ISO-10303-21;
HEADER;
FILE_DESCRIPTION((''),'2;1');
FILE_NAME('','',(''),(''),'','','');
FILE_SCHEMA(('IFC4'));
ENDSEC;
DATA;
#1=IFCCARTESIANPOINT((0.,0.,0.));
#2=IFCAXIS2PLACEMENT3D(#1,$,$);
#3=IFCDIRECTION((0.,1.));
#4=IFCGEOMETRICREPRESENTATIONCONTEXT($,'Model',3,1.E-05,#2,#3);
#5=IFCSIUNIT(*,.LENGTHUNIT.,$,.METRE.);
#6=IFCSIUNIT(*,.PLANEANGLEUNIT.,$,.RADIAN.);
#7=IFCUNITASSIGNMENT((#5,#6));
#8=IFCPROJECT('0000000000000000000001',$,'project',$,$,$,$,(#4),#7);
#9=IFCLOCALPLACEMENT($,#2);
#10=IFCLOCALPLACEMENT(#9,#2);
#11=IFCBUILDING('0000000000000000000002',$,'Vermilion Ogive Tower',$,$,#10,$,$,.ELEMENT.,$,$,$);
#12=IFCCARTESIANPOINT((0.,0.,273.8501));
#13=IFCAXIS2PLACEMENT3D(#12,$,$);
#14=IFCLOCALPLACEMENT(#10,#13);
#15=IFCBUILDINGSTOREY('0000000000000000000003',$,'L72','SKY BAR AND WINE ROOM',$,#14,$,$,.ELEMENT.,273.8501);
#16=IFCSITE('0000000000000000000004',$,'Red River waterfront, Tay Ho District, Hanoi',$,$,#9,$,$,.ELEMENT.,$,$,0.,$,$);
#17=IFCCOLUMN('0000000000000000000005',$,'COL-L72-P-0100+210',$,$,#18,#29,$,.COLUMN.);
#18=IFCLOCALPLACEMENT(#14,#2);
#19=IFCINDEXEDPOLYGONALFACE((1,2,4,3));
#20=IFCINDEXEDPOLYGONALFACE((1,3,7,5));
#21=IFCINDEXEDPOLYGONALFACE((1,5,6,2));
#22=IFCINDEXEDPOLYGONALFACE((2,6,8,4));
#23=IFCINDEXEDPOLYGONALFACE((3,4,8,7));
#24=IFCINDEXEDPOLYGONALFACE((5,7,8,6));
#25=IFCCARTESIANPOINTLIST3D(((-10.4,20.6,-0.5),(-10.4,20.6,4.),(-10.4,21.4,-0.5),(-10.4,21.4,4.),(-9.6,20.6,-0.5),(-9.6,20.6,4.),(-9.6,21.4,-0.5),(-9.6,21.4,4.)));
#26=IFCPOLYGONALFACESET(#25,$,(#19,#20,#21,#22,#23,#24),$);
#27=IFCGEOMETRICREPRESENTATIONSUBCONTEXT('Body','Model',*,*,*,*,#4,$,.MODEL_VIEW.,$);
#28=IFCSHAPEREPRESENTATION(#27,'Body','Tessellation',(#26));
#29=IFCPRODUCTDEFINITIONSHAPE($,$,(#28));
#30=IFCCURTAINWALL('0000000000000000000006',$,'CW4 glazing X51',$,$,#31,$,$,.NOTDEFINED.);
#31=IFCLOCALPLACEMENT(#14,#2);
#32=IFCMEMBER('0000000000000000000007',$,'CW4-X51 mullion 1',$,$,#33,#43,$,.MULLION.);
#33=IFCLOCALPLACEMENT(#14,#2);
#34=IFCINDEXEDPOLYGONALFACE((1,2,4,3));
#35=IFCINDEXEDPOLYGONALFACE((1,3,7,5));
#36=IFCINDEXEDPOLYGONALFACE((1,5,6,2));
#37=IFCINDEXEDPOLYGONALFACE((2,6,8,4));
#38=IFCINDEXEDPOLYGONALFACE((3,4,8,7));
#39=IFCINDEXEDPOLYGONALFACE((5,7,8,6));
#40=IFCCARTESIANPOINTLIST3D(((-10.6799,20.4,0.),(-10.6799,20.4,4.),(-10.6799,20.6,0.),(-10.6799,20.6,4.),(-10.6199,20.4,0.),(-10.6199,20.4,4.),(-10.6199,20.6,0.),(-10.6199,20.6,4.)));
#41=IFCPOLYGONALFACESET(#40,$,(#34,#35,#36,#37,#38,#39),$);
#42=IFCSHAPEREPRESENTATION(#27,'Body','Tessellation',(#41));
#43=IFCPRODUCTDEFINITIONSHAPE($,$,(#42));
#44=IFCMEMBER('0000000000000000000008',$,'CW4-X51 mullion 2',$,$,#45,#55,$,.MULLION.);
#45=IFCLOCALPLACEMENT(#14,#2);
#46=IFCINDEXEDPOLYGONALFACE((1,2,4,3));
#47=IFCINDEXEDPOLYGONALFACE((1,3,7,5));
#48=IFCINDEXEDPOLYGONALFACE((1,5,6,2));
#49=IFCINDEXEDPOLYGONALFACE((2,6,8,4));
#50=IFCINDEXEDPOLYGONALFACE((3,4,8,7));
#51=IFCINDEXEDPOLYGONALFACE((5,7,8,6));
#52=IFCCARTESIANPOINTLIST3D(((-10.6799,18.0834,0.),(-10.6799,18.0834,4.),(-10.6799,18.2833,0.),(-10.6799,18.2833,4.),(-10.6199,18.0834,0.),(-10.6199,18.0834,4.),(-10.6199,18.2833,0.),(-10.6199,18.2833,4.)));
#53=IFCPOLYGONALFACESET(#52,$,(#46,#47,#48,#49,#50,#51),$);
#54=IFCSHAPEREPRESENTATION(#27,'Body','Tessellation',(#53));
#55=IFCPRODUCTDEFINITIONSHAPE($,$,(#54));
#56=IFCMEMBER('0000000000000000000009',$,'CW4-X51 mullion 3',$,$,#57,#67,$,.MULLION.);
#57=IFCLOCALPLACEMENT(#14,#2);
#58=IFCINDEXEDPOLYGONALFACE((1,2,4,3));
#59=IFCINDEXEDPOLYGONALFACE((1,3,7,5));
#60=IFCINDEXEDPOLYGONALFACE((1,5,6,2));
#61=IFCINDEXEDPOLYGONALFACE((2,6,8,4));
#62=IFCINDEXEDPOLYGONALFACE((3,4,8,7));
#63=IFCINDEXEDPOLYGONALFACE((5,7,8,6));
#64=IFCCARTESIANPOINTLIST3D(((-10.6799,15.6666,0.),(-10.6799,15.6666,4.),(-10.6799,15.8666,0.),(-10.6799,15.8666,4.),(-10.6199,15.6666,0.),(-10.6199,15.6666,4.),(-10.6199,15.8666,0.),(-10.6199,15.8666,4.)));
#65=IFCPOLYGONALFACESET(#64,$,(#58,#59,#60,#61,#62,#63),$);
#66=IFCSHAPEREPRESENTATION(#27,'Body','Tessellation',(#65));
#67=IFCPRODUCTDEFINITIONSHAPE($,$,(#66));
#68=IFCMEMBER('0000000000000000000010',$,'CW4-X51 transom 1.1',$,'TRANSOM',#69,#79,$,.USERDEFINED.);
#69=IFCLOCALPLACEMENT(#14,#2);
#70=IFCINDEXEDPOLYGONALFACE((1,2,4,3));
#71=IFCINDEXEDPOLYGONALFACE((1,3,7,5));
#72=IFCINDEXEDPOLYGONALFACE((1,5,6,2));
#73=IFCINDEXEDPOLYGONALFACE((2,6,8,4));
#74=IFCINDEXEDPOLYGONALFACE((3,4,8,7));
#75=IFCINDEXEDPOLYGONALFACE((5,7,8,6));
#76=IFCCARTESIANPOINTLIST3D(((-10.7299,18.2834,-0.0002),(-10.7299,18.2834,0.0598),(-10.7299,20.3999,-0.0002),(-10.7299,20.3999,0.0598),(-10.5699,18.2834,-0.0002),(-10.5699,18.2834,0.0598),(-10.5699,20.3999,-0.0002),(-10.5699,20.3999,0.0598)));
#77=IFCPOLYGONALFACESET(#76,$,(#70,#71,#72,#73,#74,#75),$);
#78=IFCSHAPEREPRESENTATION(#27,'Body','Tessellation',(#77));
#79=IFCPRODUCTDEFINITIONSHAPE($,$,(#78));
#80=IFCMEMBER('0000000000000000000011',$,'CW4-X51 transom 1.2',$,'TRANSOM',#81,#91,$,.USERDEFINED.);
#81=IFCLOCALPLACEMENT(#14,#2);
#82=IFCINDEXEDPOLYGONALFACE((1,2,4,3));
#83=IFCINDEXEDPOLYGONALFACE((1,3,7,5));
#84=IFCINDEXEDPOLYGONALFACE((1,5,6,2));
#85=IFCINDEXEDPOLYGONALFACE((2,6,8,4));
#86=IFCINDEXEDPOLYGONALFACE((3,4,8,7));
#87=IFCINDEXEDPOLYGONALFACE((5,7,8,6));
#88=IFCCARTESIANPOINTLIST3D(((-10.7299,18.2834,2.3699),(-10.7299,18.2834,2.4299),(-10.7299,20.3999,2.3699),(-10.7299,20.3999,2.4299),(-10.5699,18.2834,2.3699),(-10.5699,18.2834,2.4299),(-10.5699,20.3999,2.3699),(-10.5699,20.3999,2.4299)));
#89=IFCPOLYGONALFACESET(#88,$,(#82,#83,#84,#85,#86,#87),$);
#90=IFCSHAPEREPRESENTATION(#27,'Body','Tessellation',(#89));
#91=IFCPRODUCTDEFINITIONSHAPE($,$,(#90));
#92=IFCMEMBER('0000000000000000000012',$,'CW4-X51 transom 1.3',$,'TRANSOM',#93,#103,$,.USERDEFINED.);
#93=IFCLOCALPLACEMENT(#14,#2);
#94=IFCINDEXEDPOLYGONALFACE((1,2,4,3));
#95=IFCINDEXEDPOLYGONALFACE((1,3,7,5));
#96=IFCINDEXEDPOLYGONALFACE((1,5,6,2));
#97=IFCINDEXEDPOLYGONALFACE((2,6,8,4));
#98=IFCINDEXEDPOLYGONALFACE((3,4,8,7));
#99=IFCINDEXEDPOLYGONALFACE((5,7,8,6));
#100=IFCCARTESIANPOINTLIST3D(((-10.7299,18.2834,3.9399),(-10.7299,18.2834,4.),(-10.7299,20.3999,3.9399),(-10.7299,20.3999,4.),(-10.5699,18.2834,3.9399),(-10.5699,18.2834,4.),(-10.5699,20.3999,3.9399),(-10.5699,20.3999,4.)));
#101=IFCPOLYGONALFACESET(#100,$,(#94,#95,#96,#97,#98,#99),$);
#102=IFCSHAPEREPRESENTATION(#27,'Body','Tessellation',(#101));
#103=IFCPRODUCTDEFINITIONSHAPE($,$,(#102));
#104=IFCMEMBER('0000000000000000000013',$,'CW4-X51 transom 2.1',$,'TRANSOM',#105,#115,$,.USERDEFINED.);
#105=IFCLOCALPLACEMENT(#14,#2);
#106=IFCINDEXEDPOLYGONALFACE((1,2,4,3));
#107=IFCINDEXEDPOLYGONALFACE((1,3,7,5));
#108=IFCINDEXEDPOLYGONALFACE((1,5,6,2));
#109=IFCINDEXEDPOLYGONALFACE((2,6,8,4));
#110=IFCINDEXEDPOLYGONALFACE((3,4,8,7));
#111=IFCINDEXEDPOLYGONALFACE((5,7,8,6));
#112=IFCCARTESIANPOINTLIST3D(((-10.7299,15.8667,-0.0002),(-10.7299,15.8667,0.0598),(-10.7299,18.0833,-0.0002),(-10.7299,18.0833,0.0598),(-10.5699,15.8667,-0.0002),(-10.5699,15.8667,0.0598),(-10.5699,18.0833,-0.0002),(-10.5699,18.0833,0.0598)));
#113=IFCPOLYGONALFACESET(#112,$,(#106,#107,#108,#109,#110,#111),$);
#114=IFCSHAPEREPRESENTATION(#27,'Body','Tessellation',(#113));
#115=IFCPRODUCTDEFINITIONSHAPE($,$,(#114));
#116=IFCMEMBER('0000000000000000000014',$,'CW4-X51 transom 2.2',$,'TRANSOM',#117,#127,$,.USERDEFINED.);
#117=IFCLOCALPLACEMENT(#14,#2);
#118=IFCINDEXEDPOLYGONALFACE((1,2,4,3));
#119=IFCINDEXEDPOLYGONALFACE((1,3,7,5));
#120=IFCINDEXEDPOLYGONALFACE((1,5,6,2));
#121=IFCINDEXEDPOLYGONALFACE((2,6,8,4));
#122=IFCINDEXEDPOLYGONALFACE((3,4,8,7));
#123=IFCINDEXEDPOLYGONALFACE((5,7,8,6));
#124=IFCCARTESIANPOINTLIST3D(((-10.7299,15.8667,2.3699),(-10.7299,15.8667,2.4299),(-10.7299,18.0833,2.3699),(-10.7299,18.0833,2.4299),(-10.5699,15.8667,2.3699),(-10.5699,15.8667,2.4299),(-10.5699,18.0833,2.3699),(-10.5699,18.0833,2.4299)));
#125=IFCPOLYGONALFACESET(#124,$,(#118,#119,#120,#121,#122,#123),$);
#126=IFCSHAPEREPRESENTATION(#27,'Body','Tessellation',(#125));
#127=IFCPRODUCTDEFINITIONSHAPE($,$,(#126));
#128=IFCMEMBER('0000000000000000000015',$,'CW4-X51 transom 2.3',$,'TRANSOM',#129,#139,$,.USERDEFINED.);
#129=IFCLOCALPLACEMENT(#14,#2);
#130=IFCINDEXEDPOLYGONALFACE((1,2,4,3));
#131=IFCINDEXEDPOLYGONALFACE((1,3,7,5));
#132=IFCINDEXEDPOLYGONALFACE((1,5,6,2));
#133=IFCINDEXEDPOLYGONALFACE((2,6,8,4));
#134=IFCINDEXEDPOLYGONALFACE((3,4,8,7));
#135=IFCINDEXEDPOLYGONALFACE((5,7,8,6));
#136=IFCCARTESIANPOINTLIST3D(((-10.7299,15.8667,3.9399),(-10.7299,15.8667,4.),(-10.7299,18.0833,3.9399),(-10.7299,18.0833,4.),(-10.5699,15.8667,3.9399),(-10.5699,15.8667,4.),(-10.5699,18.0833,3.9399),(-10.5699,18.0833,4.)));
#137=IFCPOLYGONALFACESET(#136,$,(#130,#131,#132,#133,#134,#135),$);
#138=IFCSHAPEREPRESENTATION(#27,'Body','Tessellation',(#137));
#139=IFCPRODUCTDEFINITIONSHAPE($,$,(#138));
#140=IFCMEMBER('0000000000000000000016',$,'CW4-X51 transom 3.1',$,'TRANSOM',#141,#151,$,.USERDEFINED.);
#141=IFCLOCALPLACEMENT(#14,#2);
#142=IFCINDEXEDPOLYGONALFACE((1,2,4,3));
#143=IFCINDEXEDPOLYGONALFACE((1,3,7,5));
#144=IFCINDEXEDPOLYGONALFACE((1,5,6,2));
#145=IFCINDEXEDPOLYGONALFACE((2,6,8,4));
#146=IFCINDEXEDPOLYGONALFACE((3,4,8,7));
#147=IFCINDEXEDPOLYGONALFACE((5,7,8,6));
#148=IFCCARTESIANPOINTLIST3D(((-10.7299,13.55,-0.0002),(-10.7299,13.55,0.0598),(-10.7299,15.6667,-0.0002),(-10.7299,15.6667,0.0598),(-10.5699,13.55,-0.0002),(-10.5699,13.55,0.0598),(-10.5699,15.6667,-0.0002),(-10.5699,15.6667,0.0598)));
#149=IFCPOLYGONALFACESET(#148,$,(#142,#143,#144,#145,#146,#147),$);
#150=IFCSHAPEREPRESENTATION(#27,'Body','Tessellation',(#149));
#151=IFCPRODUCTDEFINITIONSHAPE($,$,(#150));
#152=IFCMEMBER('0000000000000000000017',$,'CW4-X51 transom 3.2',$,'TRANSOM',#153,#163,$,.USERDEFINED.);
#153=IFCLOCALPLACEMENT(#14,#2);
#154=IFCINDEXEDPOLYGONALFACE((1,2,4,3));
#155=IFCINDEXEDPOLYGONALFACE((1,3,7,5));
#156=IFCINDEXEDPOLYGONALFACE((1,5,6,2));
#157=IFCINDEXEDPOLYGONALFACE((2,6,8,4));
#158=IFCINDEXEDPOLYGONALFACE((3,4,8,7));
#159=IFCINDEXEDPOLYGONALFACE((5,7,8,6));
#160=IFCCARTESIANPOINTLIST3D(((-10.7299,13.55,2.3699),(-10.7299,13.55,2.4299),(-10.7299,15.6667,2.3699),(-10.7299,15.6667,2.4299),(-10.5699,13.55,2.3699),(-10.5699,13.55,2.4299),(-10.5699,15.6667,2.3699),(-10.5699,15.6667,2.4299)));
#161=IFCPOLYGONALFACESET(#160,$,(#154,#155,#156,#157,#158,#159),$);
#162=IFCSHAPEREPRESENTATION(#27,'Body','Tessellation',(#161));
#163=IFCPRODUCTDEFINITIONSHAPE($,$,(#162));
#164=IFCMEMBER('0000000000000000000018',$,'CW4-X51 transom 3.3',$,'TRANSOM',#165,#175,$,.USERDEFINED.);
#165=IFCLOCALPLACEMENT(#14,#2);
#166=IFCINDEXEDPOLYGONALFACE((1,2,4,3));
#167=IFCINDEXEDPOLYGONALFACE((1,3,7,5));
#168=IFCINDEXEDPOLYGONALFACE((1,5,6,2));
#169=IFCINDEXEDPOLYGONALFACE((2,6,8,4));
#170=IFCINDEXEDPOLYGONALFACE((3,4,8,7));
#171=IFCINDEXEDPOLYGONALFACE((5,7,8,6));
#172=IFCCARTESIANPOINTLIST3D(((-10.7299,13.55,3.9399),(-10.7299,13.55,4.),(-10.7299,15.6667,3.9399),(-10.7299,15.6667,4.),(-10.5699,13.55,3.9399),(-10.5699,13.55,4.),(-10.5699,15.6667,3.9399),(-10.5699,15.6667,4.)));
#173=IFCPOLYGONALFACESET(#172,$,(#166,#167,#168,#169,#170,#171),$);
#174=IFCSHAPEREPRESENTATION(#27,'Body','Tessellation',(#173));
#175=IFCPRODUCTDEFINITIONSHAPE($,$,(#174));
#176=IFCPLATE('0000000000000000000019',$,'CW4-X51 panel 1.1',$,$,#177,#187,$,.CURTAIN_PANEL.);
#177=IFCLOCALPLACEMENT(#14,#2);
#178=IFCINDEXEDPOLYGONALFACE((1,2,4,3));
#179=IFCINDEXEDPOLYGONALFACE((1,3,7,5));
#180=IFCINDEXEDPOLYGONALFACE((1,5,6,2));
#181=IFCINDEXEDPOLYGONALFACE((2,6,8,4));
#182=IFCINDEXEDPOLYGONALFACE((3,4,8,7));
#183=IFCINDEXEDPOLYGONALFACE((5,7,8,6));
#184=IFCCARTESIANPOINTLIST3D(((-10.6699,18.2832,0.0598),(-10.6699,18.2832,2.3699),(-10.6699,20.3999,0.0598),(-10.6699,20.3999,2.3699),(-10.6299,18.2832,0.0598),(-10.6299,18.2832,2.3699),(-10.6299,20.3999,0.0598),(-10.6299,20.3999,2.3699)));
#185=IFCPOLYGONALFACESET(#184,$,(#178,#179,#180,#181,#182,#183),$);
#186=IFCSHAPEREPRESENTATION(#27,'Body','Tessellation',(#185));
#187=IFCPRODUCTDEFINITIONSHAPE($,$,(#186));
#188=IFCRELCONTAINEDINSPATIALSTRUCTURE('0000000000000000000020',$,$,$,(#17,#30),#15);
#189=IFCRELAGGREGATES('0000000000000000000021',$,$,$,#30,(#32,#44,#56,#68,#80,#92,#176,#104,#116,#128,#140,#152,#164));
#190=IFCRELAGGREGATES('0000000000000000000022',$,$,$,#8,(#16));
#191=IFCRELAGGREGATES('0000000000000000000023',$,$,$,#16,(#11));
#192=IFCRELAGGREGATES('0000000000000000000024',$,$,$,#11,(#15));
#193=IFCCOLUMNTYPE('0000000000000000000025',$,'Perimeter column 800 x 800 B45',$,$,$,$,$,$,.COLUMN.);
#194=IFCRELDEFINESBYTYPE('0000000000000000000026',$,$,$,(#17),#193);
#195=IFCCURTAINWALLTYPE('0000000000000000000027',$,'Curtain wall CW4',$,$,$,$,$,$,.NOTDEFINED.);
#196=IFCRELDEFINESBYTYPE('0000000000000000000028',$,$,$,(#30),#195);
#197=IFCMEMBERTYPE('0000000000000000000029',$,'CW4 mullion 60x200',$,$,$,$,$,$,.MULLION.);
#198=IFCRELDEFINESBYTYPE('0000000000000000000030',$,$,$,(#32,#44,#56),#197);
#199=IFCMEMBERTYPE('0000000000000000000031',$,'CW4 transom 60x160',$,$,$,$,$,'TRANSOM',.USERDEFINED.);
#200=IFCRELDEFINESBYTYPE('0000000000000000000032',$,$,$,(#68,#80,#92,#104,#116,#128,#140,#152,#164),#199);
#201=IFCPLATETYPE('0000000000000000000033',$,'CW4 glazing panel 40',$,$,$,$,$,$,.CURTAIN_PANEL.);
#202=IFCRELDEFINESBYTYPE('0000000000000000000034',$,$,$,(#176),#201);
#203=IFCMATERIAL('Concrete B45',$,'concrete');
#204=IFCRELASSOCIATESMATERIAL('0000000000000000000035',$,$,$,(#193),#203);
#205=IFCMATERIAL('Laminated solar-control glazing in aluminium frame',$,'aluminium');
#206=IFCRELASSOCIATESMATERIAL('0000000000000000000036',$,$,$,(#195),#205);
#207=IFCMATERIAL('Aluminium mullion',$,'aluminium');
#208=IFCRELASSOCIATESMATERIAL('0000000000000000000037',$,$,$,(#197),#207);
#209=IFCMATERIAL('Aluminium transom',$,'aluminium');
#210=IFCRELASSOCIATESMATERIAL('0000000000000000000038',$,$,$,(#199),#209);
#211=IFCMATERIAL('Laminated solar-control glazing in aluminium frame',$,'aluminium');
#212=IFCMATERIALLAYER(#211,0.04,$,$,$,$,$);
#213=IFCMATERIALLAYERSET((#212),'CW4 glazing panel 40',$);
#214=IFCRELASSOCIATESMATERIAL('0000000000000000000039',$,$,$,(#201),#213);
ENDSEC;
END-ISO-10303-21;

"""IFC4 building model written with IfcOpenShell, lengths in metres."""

from ifc_helpers import new_model, si_unit, direction, frame, origin, origin_2d, place, context, subcontext, project, spatial, rectangle, extrude, material, layer, layer_set, material_profile, profile_set, type_object, element, aggregate, save


model = new_model("IFC4")

# Units and contexts
model_context = context("Model", 3, precision=1e-05, world=origin(), true_north=direction((0.0, 1.0)))
body_context = subcontext(model_context, "Body", "Model", "MODEL_VIEW")
ifc_project = project(units=[si_unit("LENGTHUNIT", "METRE"), si_unit("PLANEANGLEUNIT", "RADIAN")], contexts=[model_context])

# Site, building, storey
site_placement = place(None, origin())
site = spatial("IfcSite", under=ifc_project, at=site_placement, Name="Red River waterfront, Tay Ho District, Hanoi", CompositionType="ELEMENT", RefElevation=0.0)
building_placement = place(site_placement, origin())
building = spatial("IfcBuilding", under=site, at=building_placement, Name="Vermilion Ogive Tower", CompositionType="ELEMENT")
storey_placement = place(building_placement, frame((0.0, 0.0, 273.8501)))
storey = spatial("IfcBuildingStorey", under=building, at=storey_placement, Name="L72", Description="SKY BAR AND WINE ROOM", CompositionType="ELEMENT", Elevation=273.8501)

# Column
ifc_material_1 = material(Name="Concrete B45", Category="concrete")
ifc_material_profile_1 = material_profile(ifc_material_1, rectangle(XDim=0.8, YDim=0.8, at=origin_2d()), Name="800 x 800")
ifc_profile_set_1 = profile_set([ifc_material_profile_1], Name="Concrete B45")
column_type = type_object("IfcColumnType", Name="Perimeter column 800 x 800 B45", PredefinedType="COLUMN", material=ifc_profile_set_1)
column_placement = place(storey_placement, frame((-10.0, 21.0, -0.5), z_axis=(0.0, 0.0, 1.0), x_axis=(1.0, 0.0, 0.0)))
element("IfcColumn", 1, at=column_placement, inside=storey, type_object=column_type, Name="COL-L72-P-0100+210", PredefinedType="COLUMN", context=body_context, shape_type="SweptSolid", body=[
    extrude(rectangle(XDim=0.8, YDim=0.8, at=origin_2d()), origin(), (0.0, 0.0, 1.0), 4.5),
])

# Curtain wall, members, plate
ifc_material_2 = material(Name="Laminated solar-control glazing in aluminium frame", Category="aluminium")
curtain_wall_type = type_object("IfcCurtainWallType", Name="Curtain wall CW4", PredefinedType="NOTDEFINED", material=ifc_material_2)
curtain_wall_placement = place(storey_placement, origin())
curtain_wall = element("IfcCurtainWall", 2, at=curtain_wall_placement, inside=storey, type_object=curtain_wall_type, Name="CW4 glazing X51", PredefinedType="NOTDEFINED")
ifc_material_3 = material(Name="Aluminium mullion", Category="aluminium")
ifc_material_profile_2 = material_profile(ifc_material_3, rectangle(XDim=0.0601, YDim=0.2, at=origin_2d()), Name="AL 60x200")
ifc_profile_set_2 = profile_set([ifc_material_profile_2], Name="Aluminium mullion")
member_type_1 = type_object("IfcMemberType", Name="CW4 mullion 60x200", PredefinedType="MULLION", material=ifc_profile_set_2)
member_1_placement = place(storey_placement, frame((-10.6499, 20.5, 0.0), z_axis=(0.0, 0.0, 1.0), x_axis=(1.0, 0.0, 0.0)))
member_1 = element("IfcMember", 3, at=member_1_placement, type_object=member_type_1, Name="CW4-X51 mullion 1", PredefinedType="MULLION", context=body_context, shape_type="SweptSolid", body=[
    extrude(rectangle(XDim=0.0601, YDim=0.2, at=origin_2d()), origin(), (0.0, 0.0, 1.0), 4.0),
])
member_2_placement = place(storey_placement, frame((-10.6499, 18.1833, 0.0), z_axis=(0.0, 0.0, 1.0), x_axis=(1.0, 0.0, 0.0)))
member_2 = element("IfcMember", 4, at=member_2_placement, type_object=member_type_1, Name="CW4-X51 mullion 2", PredefinedType="MULLION", context=body_context, shape_type="SweptSolid", body=[
    extrude(rectangle(XDim=0.0601, YDim=0.2, at=origin_2d()), origin(), (0.0, 0.0, 1.0), 4.0),
])
member_3_placement = place(storey_placement, frame((-10.6499, 15.7666, 0.0), z_axis=(0.0, 0.0, 1.0), x_axis=(1.0, 0.0, 0.0)))
member_3 = element("IfcMember", 5, at=member_3_placement, type_object=member_type_1, Name="CW4-X51 mullion 3", PredefinedType="MULLION", context=body_context, shape_type="SweptSolid", body=[
    extrude(rectangle(XDim=0.0601, YDim=0.2, at=origin_2d()), origin(), (0.0, 0.0, 1.0), 4.0),
])
ifc_material_4 = material(Name="Aluminium transom", Category="aluminium")
ifc_material_profile_3 = material_profile(ifc_material_4, rectangle(XDim=0.1599, YDim=0.0601, at=origin_2d()), Name="AL 60x160")
ifc_profile_set_3 = profile_set([ifc_material_profile_3], Name="Aluminium transom")
member_type_2 = type_object("IfcMemberType", Name="CW4 transom 60x160", ElementType="TRANSOM", PredefinedType="USERDEFINED", material=ifc_profile_set_3)
member_4_placement = place(storey_placement, frame((-10.6499, 20.3999, 0.0298), z_axis=(0.0, -1.0, 0.0), x_axis=(1.0, 0.0, 0.0)))
member_4 = element("IfcMember", 6, at=member_4_placement, type_object=member_type_2, Name="CW4-X51 transom 1.1", ObjectType="TRANSOM", PredefinedType="USERDEFINED", context=body_context, shape_type="SweptSolid", body=[
    extrude(rectangle(XDim=0.1599, YDim=0.0601, at=origin_2d()), origin(), (0.0, 0.0, 1.0), 2.1165),
])
member_5_placement = place(storey_placement, frame((-10.6499, 20.3999, 2.3999), z_axis=(0.0, -1.0, 0.0), x_axis=(1.0, 0.0, 0.0)))
member_5 = element("IfcMember", 7, at=member_5_placement, type_object=member_type_2, Name="CW4-X51 transom 1.2", ObjectType="TRANSOM", PredefinedType="USERDEFINED", context=body_context, shape_type="SweptSolid", body=[
    extrude(rectangle(XDim=0.1599, YDim=0.0601, at=origin_2d()), origin(), (0.0, 0.0, 1.0), 2.1165),
])
member_6_placement = place(storey_placement, frame((-10.6499, 20.3999, 3.97), z_axis=(0.0, -1.0, 0.0), x_axis=(1.0, 0.0, 0.0)))
member_6 = element("IfcMember", 8, at=member_6_placement, type_object=member_type_2, Name="CW4-X51 transom 1.3", ObjectType="TRANSOM", PredefinedType="USERDEFINED", context=body_context, shape_type="SweptSolid", body=[
    extrude(rectangle(XDim=0.1599, YDim=0.0601, at=origin_2d()), origin(), (0.0, 0.0, 1.0), 2.1165),
])
member_7_placement = place(storey_placement, frame((-10.6499, 18.0833, 0.0298), z_axis=(0.0, -1.0, 0.0), x_axis=(1.0, 0.0, 0.0)))
member_7 = element("IfcMember", 9, at=member_7_placement, type_object=member_type_2, Name="CW4-X51 transom 2.1", ObjectType="TRANSOM", PredefinedType="USERDEFINED", context=body_context, shape_type="SweptSolid", body=[
    extrude(rectangle(XDim=0.1599, YDim=0.0601, at=origin_2d()), origin(), (0.0, 0.0, 1.0), 2.2166),
])
member_8_placement = place(storey_placement, frame((-10.6499, 18.0833, 2.3999), z_axis=(0.0, -1.0, 0.0), x_axis=(1.0, 0.0, 0.0)))
member_8 = element("IfcMember", 10, at=member_8_placement, type_object=member_type_2, Name="CW4-X51 transom 2.2", ObjectType="TRANSOM", PredefinedType="USERDEFINED", context=body_context, shape_type="SweptSolid", body=[
    extrude(rectangle(XDim=0.1599, YDim=0.0601, at=origin_2d()), origin(), (0.0, 0.0, 1.0), 2.2166),
])
member_9_placement = place(storey_placement, frame((-10.6499, 18.0833, 3.97), z_axis=(0.0, -1.0, 0.0), x_axis=(1.0, 0.0, 0.0)))
member_9 = element("IfcMember", 11, at=member_9_placement, type_object=member_type_2, Name="CW4-X51 transom 2.3", ObjectType="TRANSOM", PredefinedType="USERDEFINED", context=body_context, shape_type="SweptSolid", body=[
    extrude(rectangle(XDim=0.1599, YDim=0.0601, at=origin_2d()), origin(), (0.0, 0.0, 1.0), 2.2166),
])
member_10_placement = place(storey_placement, frame((-10.6499, 15.6667, 0.0298), z_axis=(0.0, -1.0, 0.0), x_axis=(1.0, 0.0, 0.0)))
member_10 = element("IfcMember", 12, at=member_10_placement, type_object=member_type_2, Name="CW4-X51 transom 3.1", ObjectType="TRANSOM", PredefinedType="USERDEFINED", context=body_context, shape_type="SweptSolid", body=[
    extrude(rectangle(XDim=0.1599, YDim=0.0601, at=origin_2d()), origin(), (0.0, 0.0, 1.0), 2.1167),
])
member_11_placement = place(storey_placement, frame((-10.6499, 15.6667, 2.3999), z_axis=(0.0, -1.0, 0.0), x_axis=(1.0, 0.0, 0.0)))
member_11 = element("IfcMember", 13, at=member_11_placement, type_object=member_type_2, Name="CW4-X51 transom 3.2", ObjectType="TRANSOM", PredefinedType="USERDEFINED", context=body_context, shape_type="SweptSolid", body=[
    extrude(rectangle(XDim=0.1599, YDim=0.0601, at=origin_2d()), origin(), (0.0, 0.0, 1.0), 2.1167),
])
member_12_placement = place(storey_placement, frame((-10.6499, 15.6667, 3.97), z_axis=(0.0, -1.0, 0.0), x_axis=(1.0, 0.0, 0.0)))
member_12 = element("IfcMember", 14, at=member_12_placement, type_object=member_type_2, Name="CW4-X51 transom 3.3", ObjectType="TRANSOM", PredefinedType="USERDEFINED", context=body_context, shape_type="SweptSolid", body=[
    extrude(rectangle(XDim=0.1599, YDim=0.0601, at=origin_2d()), origin(), (0.0, 0.0, 1.0), 2.1167),
])
ifc_material_5 = material(Name="Laminated solar-control glazing in aluminium frame", Category="aluminium")
ifc_layer_1 = layer(ifc_material_5, 0.04)
ifc_layer_set_1 = layer_set([ifc_layer_1], Name="CW4 glazing panel 40")
plate_type = type_object("IfcPlateType", Name="CW4 glazing panel 40", PredefinedType="CURTAIN_PANEL", material=ifc_layer_set_1)
plate_1_placement = place(storey_placement, frame((-10.6499, 19.3416, 0.0598), z_axis=(0.0, 0.0, 1.0), x_axis=(0.0, -1.0, 0.0)))
plate_1 = element("IfcPlate", 15, at=plate_1_placement, type_object=plate_type, Name="CW4-X51 panel 1.1", PredefinedType="CURTAIN_PANEL", context=body_context, shape_type="SweptSolid", body=[
    extrude(rectangle(XDim=2.1167, YDim=0.04, at=origin_2d()), origin(), (0.0, 0.0, 1.0), 2.3101),
])
aggregate(curtain_wall, [member_1, member_2, member_3, member_4, member_5, member_6, plate_1, member_7, member_8, member_9, member_10, member_11, member_12])

save(model, "model.ifc")
